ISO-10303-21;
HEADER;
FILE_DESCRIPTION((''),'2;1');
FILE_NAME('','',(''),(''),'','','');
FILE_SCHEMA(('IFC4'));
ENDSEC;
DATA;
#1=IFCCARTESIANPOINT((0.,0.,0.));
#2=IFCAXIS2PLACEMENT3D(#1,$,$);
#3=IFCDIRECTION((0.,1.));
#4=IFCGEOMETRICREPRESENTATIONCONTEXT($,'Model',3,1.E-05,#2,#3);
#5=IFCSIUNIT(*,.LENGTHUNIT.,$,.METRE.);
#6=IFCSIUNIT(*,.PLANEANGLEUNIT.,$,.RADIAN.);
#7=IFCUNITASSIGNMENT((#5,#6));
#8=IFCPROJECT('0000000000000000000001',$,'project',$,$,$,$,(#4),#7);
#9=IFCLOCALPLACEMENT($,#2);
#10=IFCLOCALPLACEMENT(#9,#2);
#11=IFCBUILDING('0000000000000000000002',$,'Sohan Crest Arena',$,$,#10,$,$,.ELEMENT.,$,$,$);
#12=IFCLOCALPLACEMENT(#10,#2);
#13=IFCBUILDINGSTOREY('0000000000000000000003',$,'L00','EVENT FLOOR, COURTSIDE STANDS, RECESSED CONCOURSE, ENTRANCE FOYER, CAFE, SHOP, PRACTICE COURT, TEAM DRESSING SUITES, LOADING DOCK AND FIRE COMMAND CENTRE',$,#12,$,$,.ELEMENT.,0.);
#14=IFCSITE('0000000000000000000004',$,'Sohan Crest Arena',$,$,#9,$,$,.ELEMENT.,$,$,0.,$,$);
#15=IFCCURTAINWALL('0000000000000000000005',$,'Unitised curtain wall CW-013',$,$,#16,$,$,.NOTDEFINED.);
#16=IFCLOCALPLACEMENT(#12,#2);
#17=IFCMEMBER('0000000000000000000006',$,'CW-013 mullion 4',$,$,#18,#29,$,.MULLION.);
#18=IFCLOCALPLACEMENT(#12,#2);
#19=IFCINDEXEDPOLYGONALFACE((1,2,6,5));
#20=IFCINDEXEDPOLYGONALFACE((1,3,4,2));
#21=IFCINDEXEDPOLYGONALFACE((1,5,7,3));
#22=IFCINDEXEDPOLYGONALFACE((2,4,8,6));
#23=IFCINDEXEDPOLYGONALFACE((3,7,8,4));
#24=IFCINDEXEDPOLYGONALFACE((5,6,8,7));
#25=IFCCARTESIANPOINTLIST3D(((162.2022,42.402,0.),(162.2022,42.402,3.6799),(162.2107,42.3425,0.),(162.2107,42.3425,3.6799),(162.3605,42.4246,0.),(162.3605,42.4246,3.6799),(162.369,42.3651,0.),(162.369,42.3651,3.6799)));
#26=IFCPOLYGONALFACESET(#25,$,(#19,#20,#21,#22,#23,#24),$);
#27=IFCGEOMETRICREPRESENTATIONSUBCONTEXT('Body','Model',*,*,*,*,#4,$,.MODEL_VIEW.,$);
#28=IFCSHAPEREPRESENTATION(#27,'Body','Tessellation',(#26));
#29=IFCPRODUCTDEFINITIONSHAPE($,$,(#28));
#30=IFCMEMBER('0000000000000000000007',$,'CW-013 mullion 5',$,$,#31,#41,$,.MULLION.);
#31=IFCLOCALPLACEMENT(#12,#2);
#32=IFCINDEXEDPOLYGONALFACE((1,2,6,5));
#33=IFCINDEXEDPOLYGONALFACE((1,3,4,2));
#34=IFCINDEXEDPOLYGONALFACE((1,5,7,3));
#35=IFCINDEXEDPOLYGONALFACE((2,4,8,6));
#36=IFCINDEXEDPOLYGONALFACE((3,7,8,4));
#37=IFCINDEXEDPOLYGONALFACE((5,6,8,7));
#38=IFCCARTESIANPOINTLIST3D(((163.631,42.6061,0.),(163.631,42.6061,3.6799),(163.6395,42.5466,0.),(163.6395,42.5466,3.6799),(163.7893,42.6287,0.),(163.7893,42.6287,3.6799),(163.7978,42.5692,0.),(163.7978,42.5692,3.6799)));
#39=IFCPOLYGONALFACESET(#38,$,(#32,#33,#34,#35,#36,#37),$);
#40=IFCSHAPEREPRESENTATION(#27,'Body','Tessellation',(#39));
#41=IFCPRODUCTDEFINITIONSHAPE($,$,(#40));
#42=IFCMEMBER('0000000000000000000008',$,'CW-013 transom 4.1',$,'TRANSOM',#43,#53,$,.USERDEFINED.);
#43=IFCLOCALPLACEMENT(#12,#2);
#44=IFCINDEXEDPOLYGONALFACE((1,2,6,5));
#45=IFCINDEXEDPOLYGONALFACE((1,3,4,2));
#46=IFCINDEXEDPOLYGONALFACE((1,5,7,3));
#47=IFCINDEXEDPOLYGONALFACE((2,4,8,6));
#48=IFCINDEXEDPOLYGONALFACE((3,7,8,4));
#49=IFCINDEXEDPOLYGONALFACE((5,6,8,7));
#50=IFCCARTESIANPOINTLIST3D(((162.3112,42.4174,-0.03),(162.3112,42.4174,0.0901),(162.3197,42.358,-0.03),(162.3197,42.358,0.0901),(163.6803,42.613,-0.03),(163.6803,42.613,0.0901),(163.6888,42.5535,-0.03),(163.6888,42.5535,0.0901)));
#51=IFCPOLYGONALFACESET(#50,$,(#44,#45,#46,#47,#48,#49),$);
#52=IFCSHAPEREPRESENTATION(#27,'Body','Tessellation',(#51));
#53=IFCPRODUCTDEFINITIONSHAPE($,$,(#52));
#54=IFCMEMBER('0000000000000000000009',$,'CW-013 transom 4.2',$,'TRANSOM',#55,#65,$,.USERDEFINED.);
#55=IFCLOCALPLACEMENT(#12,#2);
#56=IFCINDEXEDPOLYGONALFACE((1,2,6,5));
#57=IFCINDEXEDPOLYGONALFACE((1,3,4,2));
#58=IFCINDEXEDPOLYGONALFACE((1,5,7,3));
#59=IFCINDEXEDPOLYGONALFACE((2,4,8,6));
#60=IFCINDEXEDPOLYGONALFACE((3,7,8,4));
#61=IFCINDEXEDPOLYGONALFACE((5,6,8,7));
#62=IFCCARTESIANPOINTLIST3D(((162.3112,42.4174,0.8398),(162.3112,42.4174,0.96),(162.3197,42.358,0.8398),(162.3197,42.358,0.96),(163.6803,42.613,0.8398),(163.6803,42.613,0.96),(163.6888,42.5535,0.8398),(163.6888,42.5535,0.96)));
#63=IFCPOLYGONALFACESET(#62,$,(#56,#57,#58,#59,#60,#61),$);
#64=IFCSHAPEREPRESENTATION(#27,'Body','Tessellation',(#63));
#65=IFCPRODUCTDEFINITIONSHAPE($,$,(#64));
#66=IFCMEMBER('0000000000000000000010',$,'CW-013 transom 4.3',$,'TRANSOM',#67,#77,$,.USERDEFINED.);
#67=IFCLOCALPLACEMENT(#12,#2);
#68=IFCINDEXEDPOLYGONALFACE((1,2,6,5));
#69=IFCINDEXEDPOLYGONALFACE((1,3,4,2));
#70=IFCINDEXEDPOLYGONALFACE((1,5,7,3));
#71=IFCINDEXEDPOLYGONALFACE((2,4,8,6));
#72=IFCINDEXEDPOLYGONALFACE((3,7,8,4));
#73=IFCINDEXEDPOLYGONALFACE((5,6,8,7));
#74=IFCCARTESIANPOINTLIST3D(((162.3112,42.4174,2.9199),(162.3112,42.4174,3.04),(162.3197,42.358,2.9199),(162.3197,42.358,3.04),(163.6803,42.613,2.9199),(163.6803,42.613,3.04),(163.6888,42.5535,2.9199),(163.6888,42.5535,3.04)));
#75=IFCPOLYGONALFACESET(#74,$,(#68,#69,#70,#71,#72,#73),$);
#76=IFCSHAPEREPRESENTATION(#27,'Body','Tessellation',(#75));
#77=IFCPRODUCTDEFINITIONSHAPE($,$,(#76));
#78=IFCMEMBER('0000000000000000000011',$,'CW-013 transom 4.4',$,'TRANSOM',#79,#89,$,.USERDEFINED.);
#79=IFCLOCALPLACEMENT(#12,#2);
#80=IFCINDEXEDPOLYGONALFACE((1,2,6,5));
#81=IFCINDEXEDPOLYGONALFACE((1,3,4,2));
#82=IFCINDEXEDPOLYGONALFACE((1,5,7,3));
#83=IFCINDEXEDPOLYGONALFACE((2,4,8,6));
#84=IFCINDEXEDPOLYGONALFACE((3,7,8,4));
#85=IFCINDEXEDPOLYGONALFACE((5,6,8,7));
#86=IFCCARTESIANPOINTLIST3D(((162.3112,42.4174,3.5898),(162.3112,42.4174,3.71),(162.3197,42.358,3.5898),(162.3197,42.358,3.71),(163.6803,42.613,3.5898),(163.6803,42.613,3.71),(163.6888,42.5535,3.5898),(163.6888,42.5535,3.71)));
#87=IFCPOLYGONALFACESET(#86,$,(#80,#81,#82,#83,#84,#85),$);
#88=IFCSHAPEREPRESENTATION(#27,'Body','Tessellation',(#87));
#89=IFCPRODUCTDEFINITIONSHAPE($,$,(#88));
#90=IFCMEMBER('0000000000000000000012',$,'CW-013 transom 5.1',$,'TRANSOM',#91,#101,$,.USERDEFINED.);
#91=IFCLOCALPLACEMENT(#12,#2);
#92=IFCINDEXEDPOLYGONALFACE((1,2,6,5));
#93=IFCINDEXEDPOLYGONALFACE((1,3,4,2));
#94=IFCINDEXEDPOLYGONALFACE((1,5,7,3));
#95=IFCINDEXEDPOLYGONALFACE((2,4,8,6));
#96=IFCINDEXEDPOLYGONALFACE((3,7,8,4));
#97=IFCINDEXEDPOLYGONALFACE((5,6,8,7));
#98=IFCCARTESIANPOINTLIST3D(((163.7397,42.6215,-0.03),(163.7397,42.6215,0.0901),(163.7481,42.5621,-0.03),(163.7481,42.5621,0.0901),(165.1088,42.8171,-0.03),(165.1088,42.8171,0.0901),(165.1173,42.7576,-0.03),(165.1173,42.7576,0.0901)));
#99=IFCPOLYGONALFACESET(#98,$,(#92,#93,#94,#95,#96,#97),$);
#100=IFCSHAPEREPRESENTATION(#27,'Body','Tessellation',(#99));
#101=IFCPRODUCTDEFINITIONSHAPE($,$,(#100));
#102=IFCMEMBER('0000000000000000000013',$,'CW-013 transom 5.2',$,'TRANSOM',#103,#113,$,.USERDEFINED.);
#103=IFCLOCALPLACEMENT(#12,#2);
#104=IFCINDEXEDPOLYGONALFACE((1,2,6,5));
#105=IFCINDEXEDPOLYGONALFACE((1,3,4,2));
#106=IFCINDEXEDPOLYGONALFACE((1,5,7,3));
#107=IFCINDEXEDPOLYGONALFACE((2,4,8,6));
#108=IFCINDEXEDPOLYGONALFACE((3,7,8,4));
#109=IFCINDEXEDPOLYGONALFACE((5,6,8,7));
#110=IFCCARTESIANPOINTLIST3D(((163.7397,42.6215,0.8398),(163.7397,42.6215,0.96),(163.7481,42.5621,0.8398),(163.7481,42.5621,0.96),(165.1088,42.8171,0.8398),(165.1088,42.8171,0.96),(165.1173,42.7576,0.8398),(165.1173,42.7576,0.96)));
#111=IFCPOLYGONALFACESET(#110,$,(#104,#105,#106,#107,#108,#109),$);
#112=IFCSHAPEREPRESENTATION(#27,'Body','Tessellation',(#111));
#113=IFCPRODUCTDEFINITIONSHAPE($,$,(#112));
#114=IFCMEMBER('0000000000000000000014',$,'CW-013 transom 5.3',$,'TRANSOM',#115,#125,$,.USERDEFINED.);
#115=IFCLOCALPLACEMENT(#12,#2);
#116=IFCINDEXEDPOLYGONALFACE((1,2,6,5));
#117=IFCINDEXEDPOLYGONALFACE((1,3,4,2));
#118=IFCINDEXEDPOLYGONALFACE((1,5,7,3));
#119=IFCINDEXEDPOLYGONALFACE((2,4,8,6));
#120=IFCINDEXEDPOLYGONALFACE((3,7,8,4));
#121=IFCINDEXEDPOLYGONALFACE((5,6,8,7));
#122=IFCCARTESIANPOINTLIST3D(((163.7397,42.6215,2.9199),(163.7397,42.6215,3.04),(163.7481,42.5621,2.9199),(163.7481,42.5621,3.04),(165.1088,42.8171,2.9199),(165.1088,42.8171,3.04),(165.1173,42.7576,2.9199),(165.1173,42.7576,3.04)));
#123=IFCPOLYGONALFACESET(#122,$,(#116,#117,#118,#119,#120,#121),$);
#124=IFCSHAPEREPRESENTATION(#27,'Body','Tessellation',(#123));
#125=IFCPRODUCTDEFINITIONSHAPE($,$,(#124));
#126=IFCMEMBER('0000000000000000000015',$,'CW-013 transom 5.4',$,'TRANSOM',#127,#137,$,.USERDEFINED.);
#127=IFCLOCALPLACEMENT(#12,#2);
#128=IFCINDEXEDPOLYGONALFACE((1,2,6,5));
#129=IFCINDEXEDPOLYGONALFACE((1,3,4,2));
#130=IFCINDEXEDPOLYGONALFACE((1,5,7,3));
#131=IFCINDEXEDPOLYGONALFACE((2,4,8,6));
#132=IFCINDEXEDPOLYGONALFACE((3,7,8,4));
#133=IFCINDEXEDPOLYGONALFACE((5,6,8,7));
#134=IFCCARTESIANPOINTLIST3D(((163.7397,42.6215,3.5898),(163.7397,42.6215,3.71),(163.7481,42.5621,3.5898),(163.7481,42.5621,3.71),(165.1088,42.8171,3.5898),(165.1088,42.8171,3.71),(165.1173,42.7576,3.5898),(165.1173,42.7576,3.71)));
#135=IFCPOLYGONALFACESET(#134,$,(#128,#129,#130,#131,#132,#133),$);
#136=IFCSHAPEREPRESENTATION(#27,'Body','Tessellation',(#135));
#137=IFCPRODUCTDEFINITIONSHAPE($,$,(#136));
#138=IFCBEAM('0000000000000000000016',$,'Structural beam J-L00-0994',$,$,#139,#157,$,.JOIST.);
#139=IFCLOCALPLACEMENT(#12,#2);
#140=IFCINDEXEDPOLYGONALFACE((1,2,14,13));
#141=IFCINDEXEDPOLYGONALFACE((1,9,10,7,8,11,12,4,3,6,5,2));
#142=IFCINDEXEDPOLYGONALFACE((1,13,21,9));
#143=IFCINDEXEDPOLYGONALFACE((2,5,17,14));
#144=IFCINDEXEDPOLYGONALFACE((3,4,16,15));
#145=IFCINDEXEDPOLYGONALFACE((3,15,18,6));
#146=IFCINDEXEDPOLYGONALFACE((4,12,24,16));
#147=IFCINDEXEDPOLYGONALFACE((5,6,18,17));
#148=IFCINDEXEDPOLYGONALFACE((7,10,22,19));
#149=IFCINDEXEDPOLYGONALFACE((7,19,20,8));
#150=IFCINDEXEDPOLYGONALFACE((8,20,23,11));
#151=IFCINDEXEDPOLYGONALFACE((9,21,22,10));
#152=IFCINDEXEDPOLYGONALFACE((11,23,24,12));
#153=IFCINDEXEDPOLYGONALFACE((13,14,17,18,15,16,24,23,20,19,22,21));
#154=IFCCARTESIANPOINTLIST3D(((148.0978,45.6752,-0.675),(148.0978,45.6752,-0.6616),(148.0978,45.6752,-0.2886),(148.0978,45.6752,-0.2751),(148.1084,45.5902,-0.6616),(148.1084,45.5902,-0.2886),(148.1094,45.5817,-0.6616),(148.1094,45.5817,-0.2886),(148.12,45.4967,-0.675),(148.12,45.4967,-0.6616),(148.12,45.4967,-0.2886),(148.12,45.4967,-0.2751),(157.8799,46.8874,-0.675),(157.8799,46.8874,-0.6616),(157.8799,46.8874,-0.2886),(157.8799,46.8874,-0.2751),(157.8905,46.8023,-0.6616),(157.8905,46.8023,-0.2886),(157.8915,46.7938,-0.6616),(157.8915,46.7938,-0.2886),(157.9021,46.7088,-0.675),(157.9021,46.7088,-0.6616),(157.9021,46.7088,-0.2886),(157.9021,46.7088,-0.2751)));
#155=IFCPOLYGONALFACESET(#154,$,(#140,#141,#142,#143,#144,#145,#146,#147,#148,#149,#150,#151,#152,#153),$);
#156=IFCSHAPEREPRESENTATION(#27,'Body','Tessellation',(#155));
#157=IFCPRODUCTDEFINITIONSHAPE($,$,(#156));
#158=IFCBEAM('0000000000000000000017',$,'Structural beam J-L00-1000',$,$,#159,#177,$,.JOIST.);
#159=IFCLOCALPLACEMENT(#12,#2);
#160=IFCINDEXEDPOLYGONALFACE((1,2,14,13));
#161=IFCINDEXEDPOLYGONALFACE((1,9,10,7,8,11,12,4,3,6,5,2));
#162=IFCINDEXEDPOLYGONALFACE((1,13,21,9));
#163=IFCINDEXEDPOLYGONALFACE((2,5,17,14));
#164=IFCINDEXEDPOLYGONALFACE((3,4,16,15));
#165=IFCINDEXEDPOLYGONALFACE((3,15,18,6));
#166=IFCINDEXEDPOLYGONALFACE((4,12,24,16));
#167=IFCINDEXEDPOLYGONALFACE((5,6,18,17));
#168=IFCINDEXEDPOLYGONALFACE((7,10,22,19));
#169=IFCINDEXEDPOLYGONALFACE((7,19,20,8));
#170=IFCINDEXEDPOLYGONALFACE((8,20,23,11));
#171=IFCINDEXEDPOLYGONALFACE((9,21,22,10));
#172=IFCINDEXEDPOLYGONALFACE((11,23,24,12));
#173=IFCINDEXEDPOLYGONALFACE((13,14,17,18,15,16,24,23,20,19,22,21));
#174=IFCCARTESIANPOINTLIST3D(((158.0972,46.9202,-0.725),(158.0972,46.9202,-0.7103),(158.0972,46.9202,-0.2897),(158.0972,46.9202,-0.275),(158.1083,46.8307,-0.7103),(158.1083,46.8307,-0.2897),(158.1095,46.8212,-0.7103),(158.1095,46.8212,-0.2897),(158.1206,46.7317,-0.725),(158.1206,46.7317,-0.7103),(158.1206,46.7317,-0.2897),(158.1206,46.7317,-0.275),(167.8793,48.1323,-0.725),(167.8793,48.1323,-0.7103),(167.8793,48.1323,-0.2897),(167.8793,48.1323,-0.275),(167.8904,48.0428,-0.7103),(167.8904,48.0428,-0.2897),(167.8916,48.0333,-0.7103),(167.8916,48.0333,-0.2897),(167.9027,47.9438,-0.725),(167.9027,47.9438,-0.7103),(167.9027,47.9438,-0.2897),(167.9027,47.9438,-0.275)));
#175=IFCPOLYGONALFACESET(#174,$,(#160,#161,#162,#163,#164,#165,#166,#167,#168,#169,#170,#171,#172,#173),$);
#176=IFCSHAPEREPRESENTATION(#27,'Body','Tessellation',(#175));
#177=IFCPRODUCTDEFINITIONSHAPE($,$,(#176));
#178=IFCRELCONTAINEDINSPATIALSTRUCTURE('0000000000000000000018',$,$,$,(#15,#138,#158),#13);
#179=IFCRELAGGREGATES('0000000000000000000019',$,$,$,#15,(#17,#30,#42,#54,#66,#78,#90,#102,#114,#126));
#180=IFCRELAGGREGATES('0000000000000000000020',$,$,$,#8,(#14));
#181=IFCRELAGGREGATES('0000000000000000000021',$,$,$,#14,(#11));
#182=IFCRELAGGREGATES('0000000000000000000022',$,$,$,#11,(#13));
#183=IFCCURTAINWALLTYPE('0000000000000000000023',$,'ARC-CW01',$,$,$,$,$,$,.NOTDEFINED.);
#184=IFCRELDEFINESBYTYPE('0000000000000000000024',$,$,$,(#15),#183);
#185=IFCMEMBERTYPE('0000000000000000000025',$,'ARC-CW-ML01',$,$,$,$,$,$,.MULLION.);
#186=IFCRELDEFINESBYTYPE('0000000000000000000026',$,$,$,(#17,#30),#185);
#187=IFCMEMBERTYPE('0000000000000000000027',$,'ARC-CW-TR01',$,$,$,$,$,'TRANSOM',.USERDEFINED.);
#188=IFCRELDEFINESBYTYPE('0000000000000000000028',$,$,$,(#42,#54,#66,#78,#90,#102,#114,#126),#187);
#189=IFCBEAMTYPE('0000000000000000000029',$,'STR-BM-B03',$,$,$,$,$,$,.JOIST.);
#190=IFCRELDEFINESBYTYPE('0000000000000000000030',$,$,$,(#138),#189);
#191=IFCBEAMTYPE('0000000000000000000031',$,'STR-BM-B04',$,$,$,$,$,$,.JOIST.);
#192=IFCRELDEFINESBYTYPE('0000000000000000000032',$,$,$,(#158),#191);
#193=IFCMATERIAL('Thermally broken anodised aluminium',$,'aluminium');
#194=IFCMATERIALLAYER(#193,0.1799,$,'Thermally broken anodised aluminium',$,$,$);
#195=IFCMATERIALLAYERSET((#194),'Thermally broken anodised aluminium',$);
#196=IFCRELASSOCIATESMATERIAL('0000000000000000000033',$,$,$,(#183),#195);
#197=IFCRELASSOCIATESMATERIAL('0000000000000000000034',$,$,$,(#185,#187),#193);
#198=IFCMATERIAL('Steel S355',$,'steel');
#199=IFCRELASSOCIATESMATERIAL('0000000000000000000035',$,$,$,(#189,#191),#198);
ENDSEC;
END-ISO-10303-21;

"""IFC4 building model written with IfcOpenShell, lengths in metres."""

from ifc_helpers import new_model, si_unit, direction, frame, origin, origin_2d, place, context, subcontext, project, spatial, rectangle, i_section, extrude, material, layer, layer_set, material_profile, profile_set, type_object, element, aggregate, save


model = new_model("IFC4")

# Units and contexts
model_context = context("Model", 3, precision=1e-05, world=origin(), true_north=direction((0.0, 1.0)))
body_context = subcontext(model_context, "Body", "Model", "MODEL_VIEW")
ifc_project = project(units=[si_unit("LENGTHUNIT", "METRE"), si_unit("PLANEANGLEUNIT", "RADIAN")], contexts=[model_context])

# Site, building, storey
site_placement = place(None, origin())
site = spatial("IfcSite", under=ifc_project, at=site_placement, Name="Sohan Crest Arena", CompositionType="ELEMENT", RefElevation=0.0)
building_placement = place(site_placement, origin())
building = spatial("IfcBuilding", under=site, at=building_placement, Name="Sohan Crest Arena", CompositionType="ELEMENT")
storey_placement = place(building_placement, origin())
storey = spatial("IfcBuildingStorey", under=building, at=storey_placement, Name="L00", Description="EVENT FLOOR, COURTSIDE STANDS, RECESSED CONCOURSE, ENTRANCE FOYER, CAFE, SHOP, PRACTICE COURT, TEAM DRESSING SUITES, LOADING DOCK AND FIRE COMMAND CENTRE", CompositionType="ELEMENT", Elevation=0.0)

# Curtain wall, members
ifc_material_1 = material(Name="Thermally broken anodised aluminium", Category="aluminium")
ifc_layer_1 = layer(ifc_material_1, 0.1799, Name="Thermally broken anodised aluminium")
ifc_layer_set_1 = layer_set([ifc_layer_1], Name="Thermally broken anodised aluminium")
curtain_wall_type = type_object("IfcCurtainWallType", Name="ARC-CW01", PredefinedType="NOTDEFINED", material=ifc_layer_set_1)
curtain_wall_placement = place(storey_placement, origin())
curtain_wall = element("IfcCurtainWall", 1, at=curtain_wall_placement, inside=storey, type_object=curtain_wall_type, Name="Unitised curtain wall CW-013", PredefinedType="NOTDEFINED")
ifc_material_profile_1 = material_profile(ifc_material_1, rectangle(XDim=0.0601, YDim=0.1599, at=origin_2d()), Name="ALU-MULL 60x160")
ifc_profile_set_1 = profile_set([ifc_material_profile_1], Name="Thermally broken anodised aluminium")
member_type_1 = type_object("IfcMemberType", Name="ARC-CW-ML01", PredefinedType="MULLION", material=ifc_profile_set_1)
member_1_placement = place(storey_placement, frame((162.2856, 42.3835, 0.0), z_axis=(0.0, 0.0, 1.0), x_axis=(-0.141463, 0.989944, 0.0)))
member_1 = element("IfcMember", 2, at=member_1_placement, type_object=member_type_1, Name="CW-013 mullion 4", PredefinedType="MULLION", context=body_context, shape_type="SweptSolid", body=[
    extrude(rectangle(XDim=0.0601, YDim=0.1599, at=origin_2d()), origin(), (0.0, 0.0, 1.0), 3.6799),
])
member_2_placement = place(storey_placement, frame((163.7144, 42.5876, 0.0), z_axis=(0.0, 0.0, 1.0), x_axis=(-0.141463, 0.989944, 0.0)))
member_2 = element("IfcMember", 3, at=member_2_placement, type_object=member_type_1, Name="CW-013 mullion 5", PredefinedType="MULLION", context=body_context, shape_type="SweptSolid", body=[
    extrude(rectangle(XDim=0.0601, YDim=0.1599, at=origin_2d()), origin(), (0.0, 0.0, 1.0), 3.6799),
])
ifc_material_profile_2 = material_profile(ifc_material_1, rectangle(XDim=0.0601, YDim=0.1201, at=origin_2d()), Name="ALU-TRAN 60x120")
ifc_profile_set_2 = profile_set([ifc_material_profile_2], Name="Thermally broken anodised aluminium")
member_type_2 = type_object("IfcMemberType", Name="ARC-CW-TR01", ElementType="TRANSOM", PredefinedType="USERDEFINED", material=ifc_profile_set_2)
member_3_placement = place(storey_placement, frame((162.3154, 42.3877, 0.03), z_axis=(0.989953, 0.141397, 0.0), x_axis=(-0.141397, 0.989953, 0.0)))
member_3 = element("IfcMember", 4, at=member_3_placement, type_object=member_type_2, Name="CW-013 transom 4.1", ObjectType="TRANSOM", PredefinedType="USERDEFINED", context=body_context, shape_type="SweptSolid", body=[
    extrude(rectangle(XDim=0.0601, YDim=0.1201, at=origin_2d()), origin(), (0.0, 0.0, 1.0), 1.3831),
])
member_4_placement = place(storey_placement, frame((162.3154, 42.3877, 0.8999), z_axis=(0.989953, 0.141397, 0.0), x_axis=(-0.141397, 0.989953, 0.0)))
member_4 = element("IfcMember", 5, at=member_4_placement, type_object=member_type_2, Name="CW-013 transom 4.2", ObjectType="TRANSOM", PredefinedType="USERDEFINED", context=body_context, shape_type="SweptSolid", body=[
    extrude(rectangle(XDim=0.0601, YDim=0.1201, at=origin_2d()), origin(), (0.0, 0.0, 1.0), 1.3831),
])
member_5_placement = place(storey_placement, frame((162.3154, 42.3877, 2.98), z_axis=(0.989953, 0.141397, 0.0), x_axis=(-0.141397, 0.989953, 0.0)))
member_5 = element("IfcMember", 6, at=member_5_placement, type_object=member_type_2, Name="CW-013 transom 4.3", ObjectType="TRANSOM", PredefinedType="USERDEFINED", context=body_context, shape_type="SweptSolid", body=[
    extrude(rectangle(XDim=0.0601, YDim=0.1201, at=origin_2d()), origin(), (0.0, 0.0, 1.0), 1.3831),
])
member_6_placement = place(storey_placement, frame((162.3154, 42.3877, 3.6499), z_axis=(0.989953, 0.141397, 0.0), x_axis=(-0.141397, 0.989953, 0.0)))
member_6 = element("IfcMember", 7, at=member_6_placement, type_object=member_type_2, Name="CW-013 transom 4.4", ObjectType="TRANSOM", PredefinedType="USERDEFINED", context=body_context, shape_type="SweptSolid", body=[
    extrude(rectangle(XDim=0.0601, YDim=0.1201, at=origin_2d()), origin(), (0.0, 0.0, 1.0), 1.3831),
])
member_7_placement = place(storey_placement, frame((163.7439, 42.5918, 0.03), z_axis=(0.989953, 0.141397, 0.0), x_axis=(-0.141397, 0.989953, 0.0)))
member_7 = element("IfcMember", 8, at=member_7_placement, type_object=member_type_2, Name="CW-013 transom 5.1", ObjectType="TRANSOM", PredefinedType="USERDEFINED", context=body_context, shape_type="SweptSolid", body=[
    extrude(rectangle(XDim=0.0601, YDim=0.1201, at=origin_2d()), origin(), (0.0, 0.0, 1.0), 1.3831),
])
member_8_placement = place(storey_placement, frame((163.7439, 42.5918, 0.8999), z_axis=(0.989953, 0.141397, 0.0), x_axis=(-0.141397, 0.989953, 0.0)))
member_8 = element("IfcMember", 9, at=member_8_placement, type_object=member_type_2, Name="CW-013 transom 5.2", ObjectType="TRANSOM", PredefinedType="USERDEFINED", context=body_context, shape_type="SweptSolid", body=[
    extrude(rectangle(XDim=0.0601, YDim=0.1201, at=origin_2d()), origin(), (0.0, 0.0, 1.0), 1.3831),
])
member_9_placement = place(storey_placement, frame((163.7439, 42.5918, 2.98), z_axis=(0.989953, 0.141397, 0.0), x_axis=(-0.141397, 0.989953, 0.0)))
member_9 = element("IfcMember", 10, at=member_9_placement, type_object=member_type_2, Name="CW-013 transom 5.3", ObjectType="TRANSOM", PredefinedType="USERDEFINED", context=body_context, shape_type="SweptSolid", body=[
    extrude(rectangle(XDim=0.0601, YDim=0.1201, at=origin_2d()), origin(), (0.0, 0.0, 1.0), 1.3831),
])
member_10_placement = place(storey_placement, frame((163.7439, 42.5918, 3.6499), z_axis=(0.989953, 0.141397, 0.0), x_axis=(-0.141397, 0.989953, 0.0)))
member_10 = element("IfcMember", 11, at=member_10_placement, type_object=member_type_2, Name="CW-013 transom 5.4", ObjectType="TRANSOM", PredefinedType="USERDEFINED", context=body_context, shape_type="SweptSolid", body=[
    extrude(rectangle(XDim=0.0601, YDim=0.1201, at=origin_2d()), origin(), (0.0, 0.0, 1.0), 1.3831),
])

# Beams
ifc_material_2 = material(Name="Steel S355", Category="steel")
ifc_material_profile_3 = material_profile(ifc_material_2, i_section(OverallWidth=0.1799, OverallDepth=0.3999, WebThickness=0.0085, FlangeThickness=0.0134, at=origin_2d()), Name="IPE 400")
ifc_profile_set_3 = profile_set([ifc_material_profile_3], Name="Steel S355")
beam_type_1 = type_object("IfcBeamType", Name="STR-BM-B03", PredefinedType="JOIST", material=ifc_profile_set_3)
beam_1_placement = place(storey_placement, frame((148.1089, 45.5859, -0.4751), z_axis=(0.99241, 0.122974, 0.0), x_axis=(-0.122974, 0.99241, 0.0)))
element("IfcBeam", 12, at=beam_1_placement, inside=storey, type_object=beam_type_1, Name="Structural beam J-L00-0994", PredefinedType="JOIST", context=body_context, shape_type="SweptSolid", body=[
    extrude(i_section(OverallWidth=0.1799, OverallDepth=0.3999, WebThickness=0.0085, FlangeThickness=0.0134, at=origin_2d()), origin(), (0.0, 0.0, 1.0), 9.8569),
])
ifc_material_profile_4 = material_profile(ifc_material_2, i_section(OverallWidth=0.1899, OverallDepth=0.45, WebThickness=0.0095, FlangeThickness=0.0146, at=origin_2d()), Name="IPE 450")
ifc_profile_set_4 = profile_set([ifc_material_profile_4], Name="Steel S355")
beam_type_2 = type_object("IfcBeamType", Name="STR-BM-B04", PredefinedType="JOIST", material=ifc_profile_set_4)
beam_2_placement = place(storey_placement, frame((158.1089, 46.8259, -0.5), z_axis=(0.99241, 0.122974, 0.0), x_axis=(-0.122974, 0.99241, 0.0)))
element("IfcBeam", 13, at=beam_2_placement, inside=storey, type_object=beam_type_2, Name="Structural beam J-L00-1000", PredefinedType="JOIST", context=body_context, shape_type="SweptSolid", body=[
    extrude(i_section(OverallWidth=0.1899, OverallDepth=0.45, WebThickness=0.0095, FlangeThickness=0.0146, at=origin_2d()), origin(), (0.0, 0.0, 1.0), 9.8569),
])

aggregate(curtain_wall, [member_1, member_2, member_3, member_4, member_5, member_6, member_7, member_8, member_9, member_10])

save(model, "model.ifc")
